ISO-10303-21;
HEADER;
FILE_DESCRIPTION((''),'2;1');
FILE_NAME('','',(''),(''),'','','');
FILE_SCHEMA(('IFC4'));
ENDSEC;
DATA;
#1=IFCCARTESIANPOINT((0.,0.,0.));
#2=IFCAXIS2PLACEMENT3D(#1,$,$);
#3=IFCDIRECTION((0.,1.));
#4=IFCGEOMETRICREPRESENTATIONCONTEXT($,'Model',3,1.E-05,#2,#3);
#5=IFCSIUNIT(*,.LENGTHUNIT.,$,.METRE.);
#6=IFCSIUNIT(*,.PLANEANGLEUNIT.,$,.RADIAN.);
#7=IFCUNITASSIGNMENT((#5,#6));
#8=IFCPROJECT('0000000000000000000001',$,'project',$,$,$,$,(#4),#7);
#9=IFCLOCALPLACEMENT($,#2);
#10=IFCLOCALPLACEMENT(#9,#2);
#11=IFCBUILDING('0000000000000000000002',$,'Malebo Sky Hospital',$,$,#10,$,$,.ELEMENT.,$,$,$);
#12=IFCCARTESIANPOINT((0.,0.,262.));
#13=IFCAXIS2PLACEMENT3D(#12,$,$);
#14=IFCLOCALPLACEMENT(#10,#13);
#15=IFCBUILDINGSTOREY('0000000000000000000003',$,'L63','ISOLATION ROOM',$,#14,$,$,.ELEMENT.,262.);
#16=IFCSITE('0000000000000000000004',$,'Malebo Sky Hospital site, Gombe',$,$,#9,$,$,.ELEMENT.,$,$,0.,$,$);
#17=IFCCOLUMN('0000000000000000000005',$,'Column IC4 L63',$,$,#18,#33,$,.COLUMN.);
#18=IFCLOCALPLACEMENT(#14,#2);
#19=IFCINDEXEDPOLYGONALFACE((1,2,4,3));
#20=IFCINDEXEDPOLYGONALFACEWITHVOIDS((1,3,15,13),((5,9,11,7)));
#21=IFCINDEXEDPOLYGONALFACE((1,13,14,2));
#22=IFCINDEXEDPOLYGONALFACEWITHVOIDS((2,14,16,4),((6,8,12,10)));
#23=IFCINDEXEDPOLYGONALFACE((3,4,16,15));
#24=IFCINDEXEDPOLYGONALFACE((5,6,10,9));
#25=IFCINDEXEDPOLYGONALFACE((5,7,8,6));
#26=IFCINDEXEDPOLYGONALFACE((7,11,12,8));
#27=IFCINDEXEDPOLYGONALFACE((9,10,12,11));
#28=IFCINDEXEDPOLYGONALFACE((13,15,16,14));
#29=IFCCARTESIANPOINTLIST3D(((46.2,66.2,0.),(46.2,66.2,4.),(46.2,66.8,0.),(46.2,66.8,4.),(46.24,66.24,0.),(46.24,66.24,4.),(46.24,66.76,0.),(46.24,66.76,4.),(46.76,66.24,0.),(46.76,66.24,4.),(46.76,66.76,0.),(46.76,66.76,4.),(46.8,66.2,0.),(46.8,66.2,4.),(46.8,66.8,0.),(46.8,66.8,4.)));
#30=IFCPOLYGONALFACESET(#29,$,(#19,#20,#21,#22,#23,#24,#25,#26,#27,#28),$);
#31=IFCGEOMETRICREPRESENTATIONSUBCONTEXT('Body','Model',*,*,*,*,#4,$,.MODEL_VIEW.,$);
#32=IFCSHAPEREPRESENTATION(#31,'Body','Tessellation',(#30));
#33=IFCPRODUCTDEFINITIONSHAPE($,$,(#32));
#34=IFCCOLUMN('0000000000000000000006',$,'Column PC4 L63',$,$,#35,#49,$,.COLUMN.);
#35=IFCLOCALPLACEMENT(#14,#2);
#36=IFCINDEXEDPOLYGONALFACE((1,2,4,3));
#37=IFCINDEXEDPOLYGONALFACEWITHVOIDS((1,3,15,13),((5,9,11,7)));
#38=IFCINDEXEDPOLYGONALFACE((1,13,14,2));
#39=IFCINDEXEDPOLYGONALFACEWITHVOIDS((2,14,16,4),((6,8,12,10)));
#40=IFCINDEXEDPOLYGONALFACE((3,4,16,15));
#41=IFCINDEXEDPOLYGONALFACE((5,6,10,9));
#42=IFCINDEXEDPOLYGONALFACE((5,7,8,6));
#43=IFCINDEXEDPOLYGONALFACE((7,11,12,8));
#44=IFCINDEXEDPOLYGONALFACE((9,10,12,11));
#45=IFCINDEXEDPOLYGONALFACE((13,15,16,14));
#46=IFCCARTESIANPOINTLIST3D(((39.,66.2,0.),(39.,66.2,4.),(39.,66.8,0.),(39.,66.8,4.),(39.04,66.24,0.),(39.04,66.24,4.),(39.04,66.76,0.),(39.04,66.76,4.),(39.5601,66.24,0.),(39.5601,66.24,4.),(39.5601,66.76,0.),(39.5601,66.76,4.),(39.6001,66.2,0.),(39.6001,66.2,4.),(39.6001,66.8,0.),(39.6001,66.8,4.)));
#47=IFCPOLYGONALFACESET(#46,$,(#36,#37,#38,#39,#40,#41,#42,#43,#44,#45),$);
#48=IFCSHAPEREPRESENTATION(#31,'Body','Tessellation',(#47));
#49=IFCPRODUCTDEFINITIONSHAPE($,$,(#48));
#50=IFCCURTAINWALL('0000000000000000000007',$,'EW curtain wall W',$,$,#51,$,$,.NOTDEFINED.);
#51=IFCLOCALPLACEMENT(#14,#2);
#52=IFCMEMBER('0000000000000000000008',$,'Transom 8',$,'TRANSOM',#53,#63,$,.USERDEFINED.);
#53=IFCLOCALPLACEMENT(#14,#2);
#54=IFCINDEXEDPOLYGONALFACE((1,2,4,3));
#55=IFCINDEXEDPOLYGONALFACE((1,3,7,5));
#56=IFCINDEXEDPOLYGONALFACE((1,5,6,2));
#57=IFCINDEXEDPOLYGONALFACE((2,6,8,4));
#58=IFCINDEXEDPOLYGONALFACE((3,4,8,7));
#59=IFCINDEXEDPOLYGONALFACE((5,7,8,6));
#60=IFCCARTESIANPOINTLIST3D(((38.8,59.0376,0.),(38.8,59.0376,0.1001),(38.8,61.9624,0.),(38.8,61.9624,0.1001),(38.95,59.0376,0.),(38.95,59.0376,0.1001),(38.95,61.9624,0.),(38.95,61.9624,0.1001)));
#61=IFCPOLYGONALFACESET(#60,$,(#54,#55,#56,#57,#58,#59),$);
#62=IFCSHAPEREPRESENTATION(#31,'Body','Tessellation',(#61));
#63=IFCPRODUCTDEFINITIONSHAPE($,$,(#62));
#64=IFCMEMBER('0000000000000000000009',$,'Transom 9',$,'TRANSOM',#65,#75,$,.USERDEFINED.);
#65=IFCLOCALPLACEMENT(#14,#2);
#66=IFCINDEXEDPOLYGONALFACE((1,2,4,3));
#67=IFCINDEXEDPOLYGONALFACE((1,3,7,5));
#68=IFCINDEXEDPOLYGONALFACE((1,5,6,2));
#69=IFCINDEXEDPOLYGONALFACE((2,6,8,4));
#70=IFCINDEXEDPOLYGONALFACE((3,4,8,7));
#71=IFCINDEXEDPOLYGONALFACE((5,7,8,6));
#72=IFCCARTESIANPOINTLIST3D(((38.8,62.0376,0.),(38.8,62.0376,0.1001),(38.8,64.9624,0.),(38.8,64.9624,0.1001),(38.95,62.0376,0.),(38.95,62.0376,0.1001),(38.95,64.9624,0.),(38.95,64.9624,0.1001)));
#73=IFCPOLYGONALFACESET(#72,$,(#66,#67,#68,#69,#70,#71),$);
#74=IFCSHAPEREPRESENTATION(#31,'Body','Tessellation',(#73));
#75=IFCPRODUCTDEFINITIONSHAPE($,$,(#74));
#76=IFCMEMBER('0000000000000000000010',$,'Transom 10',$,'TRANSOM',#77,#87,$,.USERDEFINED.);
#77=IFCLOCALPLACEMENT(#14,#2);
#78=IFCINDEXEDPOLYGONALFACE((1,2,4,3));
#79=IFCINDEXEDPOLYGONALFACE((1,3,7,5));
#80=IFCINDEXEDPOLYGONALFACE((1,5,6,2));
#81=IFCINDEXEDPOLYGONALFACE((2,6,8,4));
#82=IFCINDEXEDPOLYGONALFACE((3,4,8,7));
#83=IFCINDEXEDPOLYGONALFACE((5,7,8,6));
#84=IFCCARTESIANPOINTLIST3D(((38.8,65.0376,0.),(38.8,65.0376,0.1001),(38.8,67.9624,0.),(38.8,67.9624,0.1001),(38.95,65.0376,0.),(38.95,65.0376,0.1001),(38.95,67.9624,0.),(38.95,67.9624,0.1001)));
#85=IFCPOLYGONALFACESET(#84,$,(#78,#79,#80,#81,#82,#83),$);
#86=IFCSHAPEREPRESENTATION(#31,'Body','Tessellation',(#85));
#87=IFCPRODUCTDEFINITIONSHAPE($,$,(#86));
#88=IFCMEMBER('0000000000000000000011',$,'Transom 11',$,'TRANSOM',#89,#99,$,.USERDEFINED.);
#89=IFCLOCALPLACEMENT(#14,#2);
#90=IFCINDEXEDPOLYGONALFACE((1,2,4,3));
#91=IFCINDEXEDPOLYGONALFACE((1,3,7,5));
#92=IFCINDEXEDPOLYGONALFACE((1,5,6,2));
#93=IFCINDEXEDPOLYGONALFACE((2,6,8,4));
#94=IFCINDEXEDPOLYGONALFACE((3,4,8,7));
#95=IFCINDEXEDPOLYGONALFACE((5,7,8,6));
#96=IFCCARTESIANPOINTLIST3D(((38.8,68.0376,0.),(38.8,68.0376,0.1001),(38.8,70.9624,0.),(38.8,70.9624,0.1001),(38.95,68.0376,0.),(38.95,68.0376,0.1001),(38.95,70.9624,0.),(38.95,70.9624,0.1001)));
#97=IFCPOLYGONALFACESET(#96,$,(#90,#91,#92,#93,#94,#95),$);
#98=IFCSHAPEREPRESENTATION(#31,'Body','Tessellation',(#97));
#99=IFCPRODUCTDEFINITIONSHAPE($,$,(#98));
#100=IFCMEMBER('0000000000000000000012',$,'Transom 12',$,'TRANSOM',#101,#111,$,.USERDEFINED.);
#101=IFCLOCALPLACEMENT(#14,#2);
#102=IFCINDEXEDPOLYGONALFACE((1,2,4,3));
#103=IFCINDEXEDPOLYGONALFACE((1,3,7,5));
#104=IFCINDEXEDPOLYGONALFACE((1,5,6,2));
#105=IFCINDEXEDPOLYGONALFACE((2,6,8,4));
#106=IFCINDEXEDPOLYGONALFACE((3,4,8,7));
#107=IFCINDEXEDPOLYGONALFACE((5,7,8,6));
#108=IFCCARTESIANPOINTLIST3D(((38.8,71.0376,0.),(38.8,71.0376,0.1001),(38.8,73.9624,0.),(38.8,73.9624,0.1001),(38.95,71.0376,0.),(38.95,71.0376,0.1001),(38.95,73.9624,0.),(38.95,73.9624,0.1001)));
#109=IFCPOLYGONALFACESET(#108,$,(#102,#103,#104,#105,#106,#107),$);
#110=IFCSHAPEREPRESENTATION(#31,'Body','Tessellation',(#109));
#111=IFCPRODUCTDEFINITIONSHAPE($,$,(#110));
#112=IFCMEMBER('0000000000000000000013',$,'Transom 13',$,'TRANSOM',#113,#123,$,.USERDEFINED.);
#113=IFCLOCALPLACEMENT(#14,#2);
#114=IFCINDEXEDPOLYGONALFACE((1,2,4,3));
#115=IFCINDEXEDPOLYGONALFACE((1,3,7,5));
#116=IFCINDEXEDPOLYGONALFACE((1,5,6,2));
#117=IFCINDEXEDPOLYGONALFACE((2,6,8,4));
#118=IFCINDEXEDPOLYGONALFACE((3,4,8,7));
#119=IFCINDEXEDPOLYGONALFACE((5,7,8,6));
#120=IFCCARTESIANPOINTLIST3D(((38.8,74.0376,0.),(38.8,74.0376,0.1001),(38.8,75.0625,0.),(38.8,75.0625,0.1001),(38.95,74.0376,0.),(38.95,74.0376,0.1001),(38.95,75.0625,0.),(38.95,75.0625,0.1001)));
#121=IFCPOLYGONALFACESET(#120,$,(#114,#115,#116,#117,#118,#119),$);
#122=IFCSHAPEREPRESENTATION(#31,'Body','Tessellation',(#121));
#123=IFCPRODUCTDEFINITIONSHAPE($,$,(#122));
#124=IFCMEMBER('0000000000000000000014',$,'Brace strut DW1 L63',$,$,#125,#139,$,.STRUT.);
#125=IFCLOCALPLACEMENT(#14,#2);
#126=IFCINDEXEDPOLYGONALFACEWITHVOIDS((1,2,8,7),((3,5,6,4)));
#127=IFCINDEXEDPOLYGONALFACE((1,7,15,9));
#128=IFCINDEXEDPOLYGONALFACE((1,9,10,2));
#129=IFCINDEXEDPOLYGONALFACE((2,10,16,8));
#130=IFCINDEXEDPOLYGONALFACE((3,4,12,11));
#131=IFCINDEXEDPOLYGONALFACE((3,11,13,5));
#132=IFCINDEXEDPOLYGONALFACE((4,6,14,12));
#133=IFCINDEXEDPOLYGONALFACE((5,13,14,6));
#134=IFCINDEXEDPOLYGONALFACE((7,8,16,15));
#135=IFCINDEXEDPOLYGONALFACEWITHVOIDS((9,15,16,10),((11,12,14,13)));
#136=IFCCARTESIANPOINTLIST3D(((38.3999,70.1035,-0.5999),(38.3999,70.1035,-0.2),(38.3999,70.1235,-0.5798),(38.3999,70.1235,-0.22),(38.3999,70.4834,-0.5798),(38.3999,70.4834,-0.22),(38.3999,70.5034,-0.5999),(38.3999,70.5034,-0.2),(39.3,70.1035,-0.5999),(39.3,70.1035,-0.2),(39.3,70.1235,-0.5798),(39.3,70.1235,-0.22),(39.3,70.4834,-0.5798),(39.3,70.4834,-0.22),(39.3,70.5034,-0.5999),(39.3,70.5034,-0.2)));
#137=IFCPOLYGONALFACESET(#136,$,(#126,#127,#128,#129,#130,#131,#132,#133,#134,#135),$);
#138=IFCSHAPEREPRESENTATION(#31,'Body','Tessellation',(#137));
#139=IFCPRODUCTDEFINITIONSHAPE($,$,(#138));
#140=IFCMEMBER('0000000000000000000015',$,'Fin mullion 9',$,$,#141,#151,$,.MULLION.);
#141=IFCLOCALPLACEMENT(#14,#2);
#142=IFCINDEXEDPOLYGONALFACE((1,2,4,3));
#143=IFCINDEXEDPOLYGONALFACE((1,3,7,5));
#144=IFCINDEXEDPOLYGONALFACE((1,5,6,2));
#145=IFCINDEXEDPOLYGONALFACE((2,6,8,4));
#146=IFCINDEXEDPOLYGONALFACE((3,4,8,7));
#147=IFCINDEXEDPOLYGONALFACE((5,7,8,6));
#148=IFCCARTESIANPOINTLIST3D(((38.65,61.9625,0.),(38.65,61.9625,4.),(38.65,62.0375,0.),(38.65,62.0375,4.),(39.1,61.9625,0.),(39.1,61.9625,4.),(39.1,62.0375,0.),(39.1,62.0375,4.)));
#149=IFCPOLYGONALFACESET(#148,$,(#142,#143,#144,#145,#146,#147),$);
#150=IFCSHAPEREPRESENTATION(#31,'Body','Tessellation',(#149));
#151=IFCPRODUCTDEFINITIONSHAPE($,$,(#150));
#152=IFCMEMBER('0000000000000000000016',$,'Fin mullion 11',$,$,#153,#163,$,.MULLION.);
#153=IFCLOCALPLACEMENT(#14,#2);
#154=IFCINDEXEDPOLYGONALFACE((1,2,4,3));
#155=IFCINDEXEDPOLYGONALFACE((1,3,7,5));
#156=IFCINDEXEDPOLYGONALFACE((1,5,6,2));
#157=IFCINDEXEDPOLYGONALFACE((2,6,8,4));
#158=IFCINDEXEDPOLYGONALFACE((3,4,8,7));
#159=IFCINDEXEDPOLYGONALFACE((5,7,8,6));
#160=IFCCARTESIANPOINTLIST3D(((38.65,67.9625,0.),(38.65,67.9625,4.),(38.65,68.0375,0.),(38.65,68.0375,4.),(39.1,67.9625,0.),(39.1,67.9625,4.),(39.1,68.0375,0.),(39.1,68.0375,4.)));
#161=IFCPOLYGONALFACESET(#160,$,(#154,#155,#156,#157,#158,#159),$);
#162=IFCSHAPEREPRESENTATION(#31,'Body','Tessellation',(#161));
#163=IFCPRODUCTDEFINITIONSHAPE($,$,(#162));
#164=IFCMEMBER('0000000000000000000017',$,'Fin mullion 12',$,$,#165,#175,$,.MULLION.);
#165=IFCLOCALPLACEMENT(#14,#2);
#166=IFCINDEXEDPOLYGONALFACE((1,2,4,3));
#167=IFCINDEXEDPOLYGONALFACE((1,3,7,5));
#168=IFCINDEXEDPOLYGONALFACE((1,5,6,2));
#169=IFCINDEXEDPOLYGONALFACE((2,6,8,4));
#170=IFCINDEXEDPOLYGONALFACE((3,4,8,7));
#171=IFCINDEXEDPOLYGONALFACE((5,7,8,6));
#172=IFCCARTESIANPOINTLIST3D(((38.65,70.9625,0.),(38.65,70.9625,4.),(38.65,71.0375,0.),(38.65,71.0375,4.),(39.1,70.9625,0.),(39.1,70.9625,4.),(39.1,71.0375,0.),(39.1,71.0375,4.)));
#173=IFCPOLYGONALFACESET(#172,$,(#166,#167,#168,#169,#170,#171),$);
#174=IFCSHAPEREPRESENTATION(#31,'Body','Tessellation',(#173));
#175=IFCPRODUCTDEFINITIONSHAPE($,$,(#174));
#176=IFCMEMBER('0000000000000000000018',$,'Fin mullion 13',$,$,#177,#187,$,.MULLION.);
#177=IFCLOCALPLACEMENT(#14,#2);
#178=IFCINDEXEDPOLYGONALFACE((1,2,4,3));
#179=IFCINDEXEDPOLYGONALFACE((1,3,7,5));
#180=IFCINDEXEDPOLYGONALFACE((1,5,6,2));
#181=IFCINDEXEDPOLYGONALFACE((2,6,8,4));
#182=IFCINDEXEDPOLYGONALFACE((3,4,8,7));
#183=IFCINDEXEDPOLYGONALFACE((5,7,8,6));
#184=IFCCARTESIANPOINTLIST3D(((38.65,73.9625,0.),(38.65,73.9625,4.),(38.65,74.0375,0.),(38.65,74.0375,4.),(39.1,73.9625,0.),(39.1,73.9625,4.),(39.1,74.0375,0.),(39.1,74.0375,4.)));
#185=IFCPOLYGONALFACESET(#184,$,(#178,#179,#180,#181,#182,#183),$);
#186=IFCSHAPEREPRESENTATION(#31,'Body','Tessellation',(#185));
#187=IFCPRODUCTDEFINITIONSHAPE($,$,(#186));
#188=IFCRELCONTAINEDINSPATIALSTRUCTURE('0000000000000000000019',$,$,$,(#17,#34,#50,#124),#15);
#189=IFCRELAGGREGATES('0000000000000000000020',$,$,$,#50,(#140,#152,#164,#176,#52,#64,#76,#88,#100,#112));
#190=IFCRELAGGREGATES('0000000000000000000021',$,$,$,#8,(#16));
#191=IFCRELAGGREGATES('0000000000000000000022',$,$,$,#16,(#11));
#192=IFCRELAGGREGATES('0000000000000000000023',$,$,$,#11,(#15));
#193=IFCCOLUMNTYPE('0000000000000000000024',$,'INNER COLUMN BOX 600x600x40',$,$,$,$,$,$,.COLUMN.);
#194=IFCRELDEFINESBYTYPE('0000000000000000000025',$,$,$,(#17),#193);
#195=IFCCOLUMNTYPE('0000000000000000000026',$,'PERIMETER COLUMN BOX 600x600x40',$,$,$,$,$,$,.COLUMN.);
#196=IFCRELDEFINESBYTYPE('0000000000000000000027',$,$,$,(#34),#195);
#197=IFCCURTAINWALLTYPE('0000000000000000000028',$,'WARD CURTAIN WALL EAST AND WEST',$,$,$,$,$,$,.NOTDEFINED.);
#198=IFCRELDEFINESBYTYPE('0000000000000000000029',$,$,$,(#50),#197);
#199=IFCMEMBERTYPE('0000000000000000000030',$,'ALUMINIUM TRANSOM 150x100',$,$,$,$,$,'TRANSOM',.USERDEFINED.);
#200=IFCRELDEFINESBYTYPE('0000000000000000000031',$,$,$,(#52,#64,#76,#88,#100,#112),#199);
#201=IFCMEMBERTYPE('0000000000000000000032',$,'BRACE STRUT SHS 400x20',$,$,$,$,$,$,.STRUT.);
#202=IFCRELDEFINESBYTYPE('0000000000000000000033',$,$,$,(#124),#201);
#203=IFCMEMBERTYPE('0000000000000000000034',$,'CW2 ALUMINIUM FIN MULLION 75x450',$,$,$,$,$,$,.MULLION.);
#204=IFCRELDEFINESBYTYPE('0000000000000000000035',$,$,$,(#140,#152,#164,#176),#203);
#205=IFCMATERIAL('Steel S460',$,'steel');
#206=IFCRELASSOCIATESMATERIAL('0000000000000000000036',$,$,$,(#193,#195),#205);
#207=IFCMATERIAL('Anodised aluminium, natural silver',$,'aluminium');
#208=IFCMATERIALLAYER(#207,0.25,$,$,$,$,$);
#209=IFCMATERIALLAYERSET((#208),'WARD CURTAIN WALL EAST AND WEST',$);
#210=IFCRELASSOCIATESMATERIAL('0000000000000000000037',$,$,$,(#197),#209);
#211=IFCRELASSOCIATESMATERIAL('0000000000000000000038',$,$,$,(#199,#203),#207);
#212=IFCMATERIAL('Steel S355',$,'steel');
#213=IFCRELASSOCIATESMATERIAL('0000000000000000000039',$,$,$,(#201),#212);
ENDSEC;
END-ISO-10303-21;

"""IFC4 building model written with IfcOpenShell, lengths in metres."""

from ifc_helpers import new_model, si_unit, direction, frame, origin, origin_2d, place, context, subcontext, project, spatial, rectangle, hollow_rectangle, extrude, material, layer, layer_set, material_profile, profile_set, type_object, element, aggregate, save


model = new_model("IFC4")

# Units and contexts
model_context = context("Model", 3, precision=1e-05, world=origin(), true_north=direction((0.0, 1.0)))
body_context = subcontext(model_context, "Body", "Model", "MODEL_VIEW")
ifc_project = project(units=[si_unit("LENGTHUNIT", "METRE"), si_unit("PLANEANGLEUNIT", "RADIAN")], contexts=[model_context])

# Site, building, storey
site_placement = place(None, origin())
site = spatial("IfcSite", under=ifc_project, at=site_placement, Name="Malebo Sky Hospital site, Gombe", CompositionType="ELEMENT", RefElevation=0.0)
building_placement = place(site_placement, origin())
building = spatial("IfcBuilding", under=site, at=building_placement, Name="Malebo Sky Hospital", CompositionType="ELEMENT")
storey_placement = place(building_placement, frame((0.0, 0.0, 262.0)))
storey = spatial("IfcBuildingStorey", under=building, at=storey_placement, Name="L63", Description="ISOLATION ROOM", CompositionType="ELEMENT", Elevation=262.0)

# Columns
ifc_material_1 = material(Name="Steel S460", Category="steel")
ifc_material_profile_1 = material_profile(ifc_material_1, hollow_rectangle(XDim=0.6001, YDim=0.6001, WallThickness=0.04, at=origin_2d()), Name="BOX 600x600x40")
ifc_profile_set_1 = profile_set([ifc_material_profile_1], Name="Steel S460")
column_type_1 = type_object("IfcColumnType", Name="INNER COLUMN BOX 600x600x40", PredefinedType="COLUMN", material=ifc_profile_set_1)
column_1_placement = place(storey_placement, frame((46.5, 66.5, 0.0), z_axis=(0.0, 0.0, 1.0), x_axis=(1.0, 0.0, 0.0)))
element("IfcColumn", 1, at=column_1_placement, inside=storey, type_object=column_type_1, Name="Column IC4 L63", PredefinedType="COLUMN", context=body_context, shape_type="SweptSolid", body=[
    extrude(hollow_rectangle(XDim=0.6001, YDim=0.6001, WallThickness=0.04, at=origin_2d()), origin(), (0.0, 0.0, 1.0), 4.0),
])
ifc_material_profile_2 = material_profile(ifc_material_1, hollow_rectangle(XDim=0.6001, YDim=0.6001, WallThickness=0.04, at=origin_2d()), Name="BOX 600x600x40")
ifc_profile_set_2 = profile_set([ifc_material_profile_2], Name="Steel S460")
column_type_2 = type_object("IfcColumnType", Name="PERIMETER COLUMN BOX 600x600x40", PredefinedType="COLUMN", material=ifc_profile_set_2)
column_2_placement = place(storey_placement, frame((39.3, 66.5, 0.0), z_axis=(0.0, 0.0, 1.0), x_axis=(1.0, 0.0, 0.0)))
element("IfcColumn", 2, at=column_2_placement, inside=storey, type_object=column_type_2, Name="Column PC4 L63", PredefinedType="COLUMN", context=body_context, shape_type="SweptSolid", body=[
    extrude(hollow_rectangle(XDim=0.6001, YDim=0.6001, WallThickness=0.04, at=origin_2d()), origin(), (0.0, 0.0, 1.0), 4.0),
])

# Curtain wall, members
ifc_material_2 = material(Name="Anodised aluminium, natural silver", Category="aluminium")
ifc_layer_1 = layer(ifc_material_2, 0.25)
ifc_layer_set_1 = layer_set([ifc_layer_1], Name="WARD CURTAIN WALL EAST AND WEST")
curtain_wall_type = type_object("IfcCurtainWallType", Name="WARD CURTAIN WALL EAST AND WEST", PredefinedType="NOTDEFINED", material=ifc_layer_set_1)
curtain_wall_placement = place(storey_placement, origin())
curtain_wall = element("IfcCurtainWall", 3, at=curtain_wall_placement, inside=storey, type_object=curtain_wall_type, Name="EW curtain wall W", PredefinedType="NOTDEFINED")
ifc_material_profile_3 = material_profile(ifc_material_2, rectangle(XDim=0.1499, YDim=0.1001, at=origin_2d()), Name="ALUMINIUM TRANSOM 150x100")
ifc_profile_set_3 = profile_set([ifc_material_profile_3], Name="Anodised aluminium, natural silver")
member_type_1 = type_object("IfcMemberType", Name="ALUMINIUM TRANSOM 150x100", ElementType="TRANSOM", PredefinedType="USERDEFINED", material=ifc_profile_set_3)
member_1_placement = place(storey_placement, frame((38.875, 59.0376, 0.05), z_axis=(0.0, 1.0, 0.0), x_axis=(-1.0, 0.0, 0.0)))
member_1 = element("IfcMember", 4, at=member_1_placement, type_object=member_type_1, Name="Transom 8", ObjectType="TRANSOM", PredefinedType="USERDEFINED", context=body_context, shape_type="SweptSolid", body=[
    extrude(rectangle(XDim=0.1499, YDim=0.1001, at=origin_2d()), origin(), (0.0, 0.0, 1.0), 2.9248),
])
member_2_placement = place(storey_placement, frame((38.875, 62.0376, 0.05), z_axis=(0.0, 1.0, 0.0), x_axis=(-1.0, 0.0, 0.0)))
member_2 = element("IfcMember", 5, at=member_2_placement, type_object=member_type_1, Name="Transom 9", ObjectType="TRANSOM", PredefinedType="USERDEFINED", context=body_context, shape_type="SweptSolid", body=[
    extrude(rectangle(XDim=0.1499, YDim=0.1001, at=origin_2d()), origin(), (0.0, 0.0, 1.0), 2.9248),
])
member_3_placement = place(storey_placement, frame((38.875, 65.0376, 0.05), z_axis=(0.0, 1.0, 0.0), x_axis=(-1.0, 0.0, 0.0)))
member_3 = element("IfcMember", 6, at=member_3_placement, type_object=member_type_1, Name="Transom 10", ObjectType="TRANSOM", PredefinedType="USERDEFINED", context=body_context, shape_type="SweptSolid", body=[
    extrude(rectangle(XDim=0.1499, YDim=0.1001, at=origin_2d()), origin(), (0.0, 0.0, 1.0), 2.9248),
])
member_4_placement = place(storey_placement, frame((38.875, 68.0376, 0.05), z_axis=(0.0, 1.0, 0.0), x_axis=(-1.0, 0.0, 0.0)))
member_4 = element("IfcMember", 7, at=member_4_placement, type_object=member_type_1, Name="Transom 11", ObjectType="TRANSOM", PredefinedType="USERDEFINED", context=body_context, shape_type="SweptSolid", body=[
    extrude(rectangle(XDim=0.1499, YDim=0.1001, at=origin_2d()), origin(), (0.0, 0.0, 1.0), 2.9248),
])
member_5_placement = place(storey_placement, frame((38.875, 71.0376, 0.05), z_axis=(0.0, 1.0, 0.0), x_axis=(-1.0, 0.0, 0.0)))
member_5 = element("IfcMember", 8, at=member_5_placement, type_object=member_type_1, Name="Transom 12", ObjectType="TRANSOM", PredefinedType="USERDEFINED", context=body_context, shape_type="SweptSolid", body=[
    extrude(rectangle(XDim=0.1499, YDim=0.1001, at=origin_2d()), origin(), (0.0, 0.0, 1.0), 2.9248),
])
member_6_placement = place(storey_placement, frame((38.875, 74.0376, 0.05), z_axis=(0.0, 1.0, 0.0), x_axis=(-1.0, 0.0, 0.0)))
member_6 = element("IfcMember", 9, at=member_6_placement, type_object=member_type_1, Name="Transom 13", ObjectType="TRANSOM", PredefinedType="USERDEFINED", context=body_context, shape_type="SweptSolid", body=[
    extrude(rectangle(XDim=0.1499, YDim=0.1001, at=origin_2d()), origin(), (0.0, 0.0, 1.0), 1.0249),
])

# Members
ifc_material_3 = material(Name="Steel S355", Category="steel")
ifc_material_profile_4 = material_profile(ifc_material_3, hollow_rectangle(XDim=0.3999, YDim=0.3999, WallThickness=0.02, at=origin_2d()), Name="SHS 400x20")
ifc_profile_set_4 = profile_set([ifc_material_profile_4], Name="Steel S355")
member_type_2 = type_object("IfcMemberType", Name="BRACE STRUT SHS 400x20", PredefinedType="STRUT", material=ifc_profile_set_4)
member_7_placement = place(storey_placement, frame((38.3999, 70.3035, -0.3999), z_axis=(1.0, 0.0, 0.0), x_axis=(0.0, 1.0, 0.0)))
element("IfcMember", 10, at=member_7_placement, inside=storey, type_object=member_type_2, Name="Brace strut DW1 L63", PredefinedType="STRUT", context=body_context, shape_type="SweptSolid", body=[
    extrude(hollow_rectangle(XDim=0.3999, YDim=0.3999, WallThickness=0.02, at=origin_2d()), origin(), (0.0, 0.0, 1.0), 0.9001),
])
ifc_material_profile_5 = material_profile(ifc_material_2, rectangle(XDim=0.075, YDim=0.45, at=origin_2d()), Name="CW2 ALUMINIUM FIN MULLION 75x450")
ifc_profile_set_5 = profile_set([ifc_material_profile_5], Name="Anodised aluminium, natural silver")
member_type_3 = type_object("IfcMemberType", Name="CW2 ALUMINIUM FIN MULLION 75x450", PredefinedType="MULLION", material=ifc_profile_set_5)
member_8_placement = place(storey_placement, frame((38.875, 62.0, 0.0), z_axis=(0.0, 0.0, 1.0), x_axis=(0.0, 1.0, 0.0)))
member_8 = element("IfcMember", 11, at=member_8_placement, type_object=member_type_3, Name="Fin mullion 9", PredefinedType="MULLION", context=body_context, shape_type="SweptSolid", body=[
    extrude(rectangle(XDim=0.075, YDim=0.45, at=origin_2d()), origin(), (0.0, 0.0, 1.0), 4.0),
])
member_9_placement = place(storey_placement, frame((38.875, 68.0, 0.0), z_axis=(0.0, 0.0, 1.0), x_axis=(0.0, 1.0, 0.0)))
member_9 = element("IfcMember", 12, at=member_9_placement, type_object=member_type_3, Name="Fin mullion 11", PredefinedType="MULLION", context=body_context, shape_type="SweptSolid", body=[
    extrude(rectangle(XDim=0.075, YDim=0.45, at=origin_2d()), origin(), (0.0, 0.0, 1.0), 4.0),
])
member_10_placement = place(storey_placement, frame((38.875, 71.0, 0.0), z_axis=(0.0, 0.0, 1.0), x_axis=(0.0, 1.0, 0.0)))
member_10 = element("IfcMember", 13, at=member_10_placement, type_object=member_type_3, Name="Fin mullion 12", PredefinedType="MULLION", context=body_context, shape_type="SweptSolid", body=[
    extrude(rectangle(XDim=0.075, YDim=0.45, at=origin_2d()), origin(), (0.0, 0.0, 1.0), 4.0),
])
member_11_placement = place(storey_placement, frame((38.875, 74.0, 0.0), z_axis=(0.0, 0.0, 1.0), x_axis=(0.0, 1.0, 0.0)))
member_11 = element("IfcMember", 14, at=member_11_placement, type_object=member_type_3, Name="Fin mullion 13", PredefinedType="MULLION", context=body_context, shape_type="SweptSolid", body=[
    extrude(rectangle(XDim=0.075, YDim=0.45, at=origin_2d()), origin(), (0.0, 0.0, 1.0), 4.0),
])

aggregate(curtain_wall, [member_8, member_9, member_10, member_11, member_1, member_2, member_3, member_4, member_5, member_6])

save(model, "model.ifc")
